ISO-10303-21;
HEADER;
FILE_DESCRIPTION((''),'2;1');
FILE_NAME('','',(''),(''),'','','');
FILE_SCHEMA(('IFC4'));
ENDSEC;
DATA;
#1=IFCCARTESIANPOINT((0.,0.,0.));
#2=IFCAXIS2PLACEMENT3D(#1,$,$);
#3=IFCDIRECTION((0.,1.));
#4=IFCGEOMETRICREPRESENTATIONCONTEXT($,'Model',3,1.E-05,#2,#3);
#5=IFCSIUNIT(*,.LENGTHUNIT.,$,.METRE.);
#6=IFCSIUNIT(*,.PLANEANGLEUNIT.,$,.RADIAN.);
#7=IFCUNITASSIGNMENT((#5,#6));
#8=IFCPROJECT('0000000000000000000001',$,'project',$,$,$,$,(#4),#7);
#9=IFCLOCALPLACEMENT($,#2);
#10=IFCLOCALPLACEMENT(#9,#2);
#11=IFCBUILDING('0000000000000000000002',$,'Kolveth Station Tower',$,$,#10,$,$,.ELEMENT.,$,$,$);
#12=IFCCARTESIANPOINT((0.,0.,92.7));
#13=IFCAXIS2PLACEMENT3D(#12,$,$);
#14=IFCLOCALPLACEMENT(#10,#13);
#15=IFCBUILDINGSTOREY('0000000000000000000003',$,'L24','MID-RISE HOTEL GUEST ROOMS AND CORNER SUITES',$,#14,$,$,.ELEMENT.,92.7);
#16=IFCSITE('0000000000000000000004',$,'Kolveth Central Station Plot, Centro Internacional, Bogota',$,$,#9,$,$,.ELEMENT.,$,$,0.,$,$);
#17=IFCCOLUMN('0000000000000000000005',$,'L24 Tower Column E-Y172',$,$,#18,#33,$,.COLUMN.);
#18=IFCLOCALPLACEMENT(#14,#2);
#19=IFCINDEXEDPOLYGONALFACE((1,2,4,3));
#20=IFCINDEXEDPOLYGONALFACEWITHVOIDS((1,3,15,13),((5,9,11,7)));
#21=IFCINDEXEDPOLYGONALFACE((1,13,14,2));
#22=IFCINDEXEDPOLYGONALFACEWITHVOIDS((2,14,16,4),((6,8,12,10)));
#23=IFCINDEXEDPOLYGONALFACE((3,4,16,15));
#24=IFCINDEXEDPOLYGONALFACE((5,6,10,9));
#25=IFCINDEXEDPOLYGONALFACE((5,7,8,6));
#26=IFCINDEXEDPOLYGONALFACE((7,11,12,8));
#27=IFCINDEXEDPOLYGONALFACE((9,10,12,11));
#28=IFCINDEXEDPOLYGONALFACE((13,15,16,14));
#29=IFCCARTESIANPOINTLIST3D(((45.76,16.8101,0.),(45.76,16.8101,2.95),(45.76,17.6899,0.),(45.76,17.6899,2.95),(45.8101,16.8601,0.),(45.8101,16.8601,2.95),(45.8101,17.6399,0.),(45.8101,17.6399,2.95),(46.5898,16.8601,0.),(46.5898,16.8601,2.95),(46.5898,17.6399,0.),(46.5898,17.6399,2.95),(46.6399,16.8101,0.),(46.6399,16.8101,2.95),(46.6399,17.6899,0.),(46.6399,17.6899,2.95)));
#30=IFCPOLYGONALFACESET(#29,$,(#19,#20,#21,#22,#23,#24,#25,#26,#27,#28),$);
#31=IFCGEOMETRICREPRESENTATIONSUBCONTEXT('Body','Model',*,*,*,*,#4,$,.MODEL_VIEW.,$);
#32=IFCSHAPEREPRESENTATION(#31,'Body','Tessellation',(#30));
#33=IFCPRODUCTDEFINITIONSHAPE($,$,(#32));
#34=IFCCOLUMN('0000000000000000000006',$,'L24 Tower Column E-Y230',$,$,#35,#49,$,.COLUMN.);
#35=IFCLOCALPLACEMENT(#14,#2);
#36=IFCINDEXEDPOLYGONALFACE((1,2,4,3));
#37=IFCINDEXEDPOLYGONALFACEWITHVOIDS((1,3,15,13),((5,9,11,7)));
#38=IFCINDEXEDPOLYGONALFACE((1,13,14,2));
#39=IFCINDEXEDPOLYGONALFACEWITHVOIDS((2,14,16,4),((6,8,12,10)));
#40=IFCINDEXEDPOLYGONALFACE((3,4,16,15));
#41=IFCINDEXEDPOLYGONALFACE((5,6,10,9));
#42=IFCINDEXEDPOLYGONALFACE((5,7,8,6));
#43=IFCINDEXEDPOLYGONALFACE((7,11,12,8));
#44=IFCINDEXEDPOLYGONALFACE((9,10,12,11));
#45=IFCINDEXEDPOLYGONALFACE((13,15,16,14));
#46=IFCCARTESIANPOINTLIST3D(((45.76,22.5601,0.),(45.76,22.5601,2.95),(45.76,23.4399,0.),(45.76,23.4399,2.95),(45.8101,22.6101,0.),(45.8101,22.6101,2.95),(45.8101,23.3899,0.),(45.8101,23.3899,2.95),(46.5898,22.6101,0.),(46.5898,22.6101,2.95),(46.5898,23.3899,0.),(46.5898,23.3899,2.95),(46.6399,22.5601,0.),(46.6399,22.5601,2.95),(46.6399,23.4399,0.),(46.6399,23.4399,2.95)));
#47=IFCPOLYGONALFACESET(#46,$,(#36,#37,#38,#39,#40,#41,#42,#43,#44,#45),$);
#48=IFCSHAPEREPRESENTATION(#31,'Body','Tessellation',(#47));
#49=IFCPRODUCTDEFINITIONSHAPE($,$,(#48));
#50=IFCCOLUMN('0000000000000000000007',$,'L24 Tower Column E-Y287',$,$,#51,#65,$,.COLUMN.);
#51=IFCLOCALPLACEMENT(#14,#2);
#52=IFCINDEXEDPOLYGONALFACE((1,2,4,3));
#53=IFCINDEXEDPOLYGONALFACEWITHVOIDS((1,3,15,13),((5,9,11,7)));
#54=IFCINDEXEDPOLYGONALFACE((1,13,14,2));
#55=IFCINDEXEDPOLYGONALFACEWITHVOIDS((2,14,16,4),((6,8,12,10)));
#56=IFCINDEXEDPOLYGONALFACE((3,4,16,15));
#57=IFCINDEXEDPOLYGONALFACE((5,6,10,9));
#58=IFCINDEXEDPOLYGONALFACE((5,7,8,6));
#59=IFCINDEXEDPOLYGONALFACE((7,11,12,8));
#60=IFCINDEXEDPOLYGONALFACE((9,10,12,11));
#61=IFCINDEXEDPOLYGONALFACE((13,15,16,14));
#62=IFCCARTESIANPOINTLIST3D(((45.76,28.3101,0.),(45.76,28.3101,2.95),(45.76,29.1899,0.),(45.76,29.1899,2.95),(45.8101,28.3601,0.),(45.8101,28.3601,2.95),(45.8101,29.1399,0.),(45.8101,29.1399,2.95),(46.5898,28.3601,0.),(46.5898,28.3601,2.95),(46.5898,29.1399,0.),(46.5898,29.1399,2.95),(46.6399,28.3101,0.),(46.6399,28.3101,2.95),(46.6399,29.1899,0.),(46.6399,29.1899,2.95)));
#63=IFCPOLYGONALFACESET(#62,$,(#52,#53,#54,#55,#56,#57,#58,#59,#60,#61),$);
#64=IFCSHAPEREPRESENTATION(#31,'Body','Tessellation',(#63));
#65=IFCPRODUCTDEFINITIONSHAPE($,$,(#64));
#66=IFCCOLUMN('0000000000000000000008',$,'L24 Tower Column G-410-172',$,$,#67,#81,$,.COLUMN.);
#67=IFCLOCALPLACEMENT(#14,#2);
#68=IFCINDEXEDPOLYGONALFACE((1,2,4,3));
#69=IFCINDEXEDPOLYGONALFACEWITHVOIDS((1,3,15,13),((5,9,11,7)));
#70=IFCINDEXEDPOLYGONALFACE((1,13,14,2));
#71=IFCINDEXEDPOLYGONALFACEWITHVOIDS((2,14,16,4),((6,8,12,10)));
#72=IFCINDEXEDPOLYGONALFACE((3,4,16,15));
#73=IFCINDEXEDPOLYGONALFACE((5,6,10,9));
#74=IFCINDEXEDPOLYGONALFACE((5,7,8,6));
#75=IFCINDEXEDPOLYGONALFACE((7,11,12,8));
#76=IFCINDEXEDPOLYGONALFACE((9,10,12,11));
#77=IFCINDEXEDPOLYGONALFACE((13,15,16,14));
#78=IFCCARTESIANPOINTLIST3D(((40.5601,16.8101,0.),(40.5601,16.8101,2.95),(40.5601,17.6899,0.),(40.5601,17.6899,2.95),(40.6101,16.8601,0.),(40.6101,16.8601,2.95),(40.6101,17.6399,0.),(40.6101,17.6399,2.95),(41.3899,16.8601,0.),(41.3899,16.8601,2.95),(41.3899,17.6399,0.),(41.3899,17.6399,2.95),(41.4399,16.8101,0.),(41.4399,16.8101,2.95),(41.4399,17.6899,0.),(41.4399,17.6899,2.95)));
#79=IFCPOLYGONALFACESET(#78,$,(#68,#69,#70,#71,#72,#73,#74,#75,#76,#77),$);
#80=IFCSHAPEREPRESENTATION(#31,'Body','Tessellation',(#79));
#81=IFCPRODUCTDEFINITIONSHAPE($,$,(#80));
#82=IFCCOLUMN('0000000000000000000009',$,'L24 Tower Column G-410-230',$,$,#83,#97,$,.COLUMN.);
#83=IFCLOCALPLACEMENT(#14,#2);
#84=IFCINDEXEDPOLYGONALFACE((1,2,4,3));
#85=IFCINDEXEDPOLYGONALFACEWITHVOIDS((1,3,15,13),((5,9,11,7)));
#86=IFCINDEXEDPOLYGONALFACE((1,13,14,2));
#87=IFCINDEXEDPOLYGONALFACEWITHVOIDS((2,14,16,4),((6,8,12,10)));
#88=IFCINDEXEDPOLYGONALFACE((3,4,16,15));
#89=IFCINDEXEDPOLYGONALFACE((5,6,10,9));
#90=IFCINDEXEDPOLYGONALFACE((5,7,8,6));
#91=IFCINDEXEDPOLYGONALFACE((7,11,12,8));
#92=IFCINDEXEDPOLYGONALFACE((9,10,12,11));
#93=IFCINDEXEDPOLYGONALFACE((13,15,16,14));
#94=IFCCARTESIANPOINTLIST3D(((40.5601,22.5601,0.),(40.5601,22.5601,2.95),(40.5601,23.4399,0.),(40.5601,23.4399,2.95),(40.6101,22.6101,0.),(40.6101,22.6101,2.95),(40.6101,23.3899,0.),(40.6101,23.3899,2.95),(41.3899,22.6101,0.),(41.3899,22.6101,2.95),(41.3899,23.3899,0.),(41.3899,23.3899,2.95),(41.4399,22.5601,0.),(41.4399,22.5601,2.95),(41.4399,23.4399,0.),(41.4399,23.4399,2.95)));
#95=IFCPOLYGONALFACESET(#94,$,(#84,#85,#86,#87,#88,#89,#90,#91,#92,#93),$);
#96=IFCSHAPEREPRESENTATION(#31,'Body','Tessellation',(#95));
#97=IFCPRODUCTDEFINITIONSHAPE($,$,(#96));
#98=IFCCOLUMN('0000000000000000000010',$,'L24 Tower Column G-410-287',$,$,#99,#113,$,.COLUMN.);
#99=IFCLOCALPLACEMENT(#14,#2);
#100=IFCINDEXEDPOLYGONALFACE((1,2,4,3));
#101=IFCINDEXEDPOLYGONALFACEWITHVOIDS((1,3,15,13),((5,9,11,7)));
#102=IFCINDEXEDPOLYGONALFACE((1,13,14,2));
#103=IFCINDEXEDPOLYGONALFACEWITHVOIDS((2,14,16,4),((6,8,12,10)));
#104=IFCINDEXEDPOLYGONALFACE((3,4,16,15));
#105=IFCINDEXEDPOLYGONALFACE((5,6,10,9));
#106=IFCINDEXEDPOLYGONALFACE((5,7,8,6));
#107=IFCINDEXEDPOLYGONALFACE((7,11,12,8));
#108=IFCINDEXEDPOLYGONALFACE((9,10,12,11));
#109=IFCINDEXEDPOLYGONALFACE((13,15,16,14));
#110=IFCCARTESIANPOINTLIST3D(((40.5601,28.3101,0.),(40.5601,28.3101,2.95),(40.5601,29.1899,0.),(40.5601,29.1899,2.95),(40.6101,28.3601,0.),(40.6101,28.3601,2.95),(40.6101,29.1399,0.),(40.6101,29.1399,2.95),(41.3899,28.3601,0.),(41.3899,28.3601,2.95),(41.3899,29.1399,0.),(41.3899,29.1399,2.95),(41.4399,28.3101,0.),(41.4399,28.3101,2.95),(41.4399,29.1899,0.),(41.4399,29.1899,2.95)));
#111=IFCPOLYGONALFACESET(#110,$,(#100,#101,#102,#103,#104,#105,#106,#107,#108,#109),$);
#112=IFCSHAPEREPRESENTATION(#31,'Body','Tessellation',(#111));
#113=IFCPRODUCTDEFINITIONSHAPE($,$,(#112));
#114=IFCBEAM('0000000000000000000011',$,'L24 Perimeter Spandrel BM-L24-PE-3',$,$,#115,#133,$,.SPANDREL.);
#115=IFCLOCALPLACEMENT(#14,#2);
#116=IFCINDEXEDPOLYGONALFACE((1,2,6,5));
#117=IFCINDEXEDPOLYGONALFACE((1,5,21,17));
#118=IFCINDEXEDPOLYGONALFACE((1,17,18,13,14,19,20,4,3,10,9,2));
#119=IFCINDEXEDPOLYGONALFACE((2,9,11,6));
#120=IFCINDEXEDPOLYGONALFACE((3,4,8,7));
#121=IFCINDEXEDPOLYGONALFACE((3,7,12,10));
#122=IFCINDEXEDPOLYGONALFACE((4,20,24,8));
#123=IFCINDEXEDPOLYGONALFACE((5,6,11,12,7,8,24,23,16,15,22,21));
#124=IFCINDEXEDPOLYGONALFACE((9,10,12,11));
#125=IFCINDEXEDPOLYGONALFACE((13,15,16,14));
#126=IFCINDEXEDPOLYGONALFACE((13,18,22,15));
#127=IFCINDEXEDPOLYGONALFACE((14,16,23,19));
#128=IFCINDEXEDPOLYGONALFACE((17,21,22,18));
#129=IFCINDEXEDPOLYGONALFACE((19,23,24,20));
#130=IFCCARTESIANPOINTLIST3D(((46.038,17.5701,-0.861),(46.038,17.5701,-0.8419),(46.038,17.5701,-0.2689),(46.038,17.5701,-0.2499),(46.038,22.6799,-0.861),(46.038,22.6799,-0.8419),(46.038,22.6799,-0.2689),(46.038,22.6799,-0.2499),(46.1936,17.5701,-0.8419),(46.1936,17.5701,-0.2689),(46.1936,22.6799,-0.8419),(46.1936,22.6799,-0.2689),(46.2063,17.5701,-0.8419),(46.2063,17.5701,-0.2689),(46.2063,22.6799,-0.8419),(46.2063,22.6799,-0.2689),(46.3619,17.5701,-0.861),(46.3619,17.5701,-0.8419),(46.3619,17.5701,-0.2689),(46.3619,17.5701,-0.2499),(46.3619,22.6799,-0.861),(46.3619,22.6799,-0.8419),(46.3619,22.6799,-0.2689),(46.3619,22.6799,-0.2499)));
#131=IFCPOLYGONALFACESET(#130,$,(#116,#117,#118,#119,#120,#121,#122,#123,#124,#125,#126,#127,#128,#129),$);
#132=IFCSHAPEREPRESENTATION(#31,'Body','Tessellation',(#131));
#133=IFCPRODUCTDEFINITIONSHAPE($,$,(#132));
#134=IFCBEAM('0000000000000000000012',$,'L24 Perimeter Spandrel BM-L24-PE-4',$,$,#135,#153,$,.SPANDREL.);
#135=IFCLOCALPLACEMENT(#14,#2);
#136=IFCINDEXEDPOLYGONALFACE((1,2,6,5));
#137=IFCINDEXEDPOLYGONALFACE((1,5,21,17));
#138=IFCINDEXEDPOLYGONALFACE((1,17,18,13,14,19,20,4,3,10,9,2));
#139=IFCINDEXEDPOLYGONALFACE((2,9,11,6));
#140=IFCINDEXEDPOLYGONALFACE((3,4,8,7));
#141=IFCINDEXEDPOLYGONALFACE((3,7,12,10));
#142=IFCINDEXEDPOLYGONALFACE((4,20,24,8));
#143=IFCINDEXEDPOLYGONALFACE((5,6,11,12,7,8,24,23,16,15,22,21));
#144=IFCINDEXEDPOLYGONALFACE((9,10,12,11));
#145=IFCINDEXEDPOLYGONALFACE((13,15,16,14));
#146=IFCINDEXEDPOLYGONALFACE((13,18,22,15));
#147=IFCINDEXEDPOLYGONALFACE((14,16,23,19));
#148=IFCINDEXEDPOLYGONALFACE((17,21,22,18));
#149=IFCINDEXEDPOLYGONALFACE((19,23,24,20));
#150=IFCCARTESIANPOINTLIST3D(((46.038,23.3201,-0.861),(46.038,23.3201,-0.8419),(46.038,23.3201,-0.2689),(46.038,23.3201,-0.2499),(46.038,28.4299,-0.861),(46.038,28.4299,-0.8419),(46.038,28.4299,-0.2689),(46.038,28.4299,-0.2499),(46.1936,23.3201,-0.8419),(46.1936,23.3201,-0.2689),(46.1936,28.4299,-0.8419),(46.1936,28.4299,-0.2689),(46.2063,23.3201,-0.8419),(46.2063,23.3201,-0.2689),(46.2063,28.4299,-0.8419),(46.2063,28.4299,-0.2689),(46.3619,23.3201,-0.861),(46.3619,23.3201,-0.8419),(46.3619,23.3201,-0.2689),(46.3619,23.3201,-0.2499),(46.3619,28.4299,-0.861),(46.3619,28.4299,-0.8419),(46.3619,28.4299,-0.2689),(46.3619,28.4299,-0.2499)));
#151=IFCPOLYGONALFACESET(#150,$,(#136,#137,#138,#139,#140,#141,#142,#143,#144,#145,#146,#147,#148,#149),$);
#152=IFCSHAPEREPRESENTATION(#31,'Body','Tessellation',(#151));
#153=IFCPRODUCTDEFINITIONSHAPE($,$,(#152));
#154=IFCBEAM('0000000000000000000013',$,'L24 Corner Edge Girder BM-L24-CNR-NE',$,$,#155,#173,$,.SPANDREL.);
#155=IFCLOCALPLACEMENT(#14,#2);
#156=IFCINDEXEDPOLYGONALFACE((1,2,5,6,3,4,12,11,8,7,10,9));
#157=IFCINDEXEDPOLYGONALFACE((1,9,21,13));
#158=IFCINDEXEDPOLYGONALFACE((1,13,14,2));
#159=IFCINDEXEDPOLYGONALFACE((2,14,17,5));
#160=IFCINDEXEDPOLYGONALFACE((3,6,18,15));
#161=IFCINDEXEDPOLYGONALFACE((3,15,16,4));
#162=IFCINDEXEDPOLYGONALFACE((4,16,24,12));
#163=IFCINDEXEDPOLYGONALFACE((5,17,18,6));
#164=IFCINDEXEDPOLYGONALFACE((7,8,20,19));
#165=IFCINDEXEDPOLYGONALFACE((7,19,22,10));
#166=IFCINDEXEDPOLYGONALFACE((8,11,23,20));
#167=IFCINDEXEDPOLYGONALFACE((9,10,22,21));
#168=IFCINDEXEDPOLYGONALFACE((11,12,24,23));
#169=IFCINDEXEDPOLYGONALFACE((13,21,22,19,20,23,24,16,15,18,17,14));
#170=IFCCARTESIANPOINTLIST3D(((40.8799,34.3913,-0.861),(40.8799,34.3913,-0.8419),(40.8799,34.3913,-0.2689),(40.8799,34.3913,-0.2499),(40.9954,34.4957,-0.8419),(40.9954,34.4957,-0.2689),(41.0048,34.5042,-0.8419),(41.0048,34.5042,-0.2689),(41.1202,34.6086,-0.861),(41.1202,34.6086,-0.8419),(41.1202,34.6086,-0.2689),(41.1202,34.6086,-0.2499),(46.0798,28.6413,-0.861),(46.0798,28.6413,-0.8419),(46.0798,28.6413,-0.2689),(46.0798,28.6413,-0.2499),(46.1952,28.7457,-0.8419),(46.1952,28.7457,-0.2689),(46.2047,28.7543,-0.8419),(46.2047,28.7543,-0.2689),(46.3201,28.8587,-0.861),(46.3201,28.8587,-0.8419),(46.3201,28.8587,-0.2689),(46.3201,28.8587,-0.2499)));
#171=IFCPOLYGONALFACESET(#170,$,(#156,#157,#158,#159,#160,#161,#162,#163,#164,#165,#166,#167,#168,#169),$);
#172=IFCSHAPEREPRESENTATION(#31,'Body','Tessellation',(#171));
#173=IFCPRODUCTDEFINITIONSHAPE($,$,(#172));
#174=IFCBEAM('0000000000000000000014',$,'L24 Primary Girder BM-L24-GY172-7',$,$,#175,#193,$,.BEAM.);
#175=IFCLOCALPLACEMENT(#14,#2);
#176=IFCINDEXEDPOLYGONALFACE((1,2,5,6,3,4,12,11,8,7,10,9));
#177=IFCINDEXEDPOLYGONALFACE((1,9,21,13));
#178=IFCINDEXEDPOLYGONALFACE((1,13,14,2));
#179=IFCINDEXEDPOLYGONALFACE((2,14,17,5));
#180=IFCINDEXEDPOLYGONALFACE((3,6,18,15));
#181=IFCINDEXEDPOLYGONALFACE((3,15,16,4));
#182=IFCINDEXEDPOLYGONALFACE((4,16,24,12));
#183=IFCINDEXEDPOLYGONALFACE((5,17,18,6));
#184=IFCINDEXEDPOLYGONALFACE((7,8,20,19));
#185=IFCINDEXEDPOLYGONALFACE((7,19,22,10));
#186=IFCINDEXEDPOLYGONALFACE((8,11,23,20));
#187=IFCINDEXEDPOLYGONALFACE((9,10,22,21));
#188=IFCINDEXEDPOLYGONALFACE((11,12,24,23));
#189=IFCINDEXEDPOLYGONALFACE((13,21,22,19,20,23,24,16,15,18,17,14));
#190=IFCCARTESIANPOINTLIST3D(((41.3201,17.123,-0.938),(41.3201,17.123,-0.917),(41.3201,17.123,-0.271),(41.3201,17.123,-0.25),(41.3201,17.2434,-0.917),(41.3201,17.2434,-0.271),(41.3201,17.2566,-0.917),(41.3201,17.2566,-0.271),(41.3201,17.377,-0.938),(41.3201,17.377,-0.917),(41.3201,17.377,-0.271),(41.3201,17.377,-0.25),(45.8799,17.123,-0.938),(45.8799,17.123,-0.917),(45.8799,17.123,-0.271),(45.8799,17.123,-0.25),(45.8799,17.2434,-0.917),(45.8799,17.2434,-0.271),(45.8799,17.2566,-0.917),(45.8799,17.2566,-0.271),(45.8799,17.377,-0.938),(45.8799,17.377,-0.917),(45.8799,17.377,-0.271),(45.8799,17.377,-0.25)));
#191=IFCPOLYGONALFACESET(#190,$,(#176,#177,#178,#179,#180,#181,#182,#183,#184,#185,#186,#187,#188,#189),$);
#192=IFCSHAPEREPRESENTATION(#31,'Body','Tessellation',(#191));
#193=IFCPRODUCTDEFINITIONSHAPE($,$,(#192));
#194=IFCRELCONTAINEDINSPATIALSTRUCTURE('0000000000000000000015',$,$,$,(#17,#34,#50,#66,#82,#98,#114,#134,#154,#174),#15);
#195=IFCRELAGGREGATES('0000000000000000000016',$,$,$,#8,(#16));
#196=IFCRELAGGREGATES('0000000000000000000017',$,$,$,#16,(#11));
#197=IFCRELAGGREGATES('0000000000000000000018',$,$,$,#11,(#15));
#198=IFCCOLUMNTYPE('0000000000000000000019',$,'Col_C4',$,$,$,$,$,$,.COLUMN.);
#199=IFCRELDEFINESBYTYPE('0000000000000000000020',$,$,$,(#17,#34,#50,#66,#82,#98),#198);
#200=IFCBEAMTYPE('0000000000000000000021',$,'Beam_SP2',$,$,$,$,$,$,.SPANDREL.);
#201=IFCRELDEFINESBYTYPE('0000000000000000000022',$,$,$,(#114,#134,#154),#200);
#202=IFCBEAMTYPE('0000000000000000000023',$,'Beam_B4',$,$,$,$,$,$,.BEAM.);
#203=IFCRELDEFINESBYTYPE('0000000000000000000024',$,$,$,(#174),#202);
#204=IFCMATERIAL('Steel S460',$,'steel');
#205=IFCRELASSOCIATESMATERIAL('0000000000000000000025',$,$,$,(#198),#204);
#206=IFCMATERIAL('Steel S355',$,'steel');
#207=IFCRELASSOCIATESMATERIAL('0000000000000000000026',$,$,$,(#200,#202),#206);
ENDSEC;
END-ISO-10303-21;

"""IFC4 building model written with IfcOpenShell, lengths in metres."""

from ifc_helpers import new_model, si_unit, direction, frame, origin, origin_2d, place, context, subcontext, project, spatial, hollow_rectangle, i_section, extrude, source, transform, mapped, material, material_profile, profile_set, type_object, element, save


model = new_model("IFC4")

# Units and contexts
model_context = context("Model", 3, precision=1e-05, world=origin(), true_north=direction((0.0, 1.0)))
body_context = subcontext(model_context, "Body", "Model", "MODEL_VIEW")
ifc_project = project(units=[si_unit("LENGTHUNIT", "METRE"), si_unit("PLANEANGLEUNIT", "RADIAN")], contexts=[model_context])

# Site, building, storey
site_placement = place(None, origin())
site = spatial("IfcSite", under=ifc_project, at=site_placement, Name="Kolveth Central Station Plot, Centro Internacional, Bogota", CompositionType="ELEMENT", RefElevation=0.0)
building_placement = place(site_placement, origin())
building = spatial("IfcBuilding", under=site, at=building_placement, Name="Kolveth Station Tower", CompositionType="ELEMENT")
storey_placement = place(building_placement, frame((0.0, 0.0, 92.7)))
storey = spatial("IfcBuildingStorey", under=building, at=storey_placement, Name="L24", Description="MID-RISE HOTEL GUEST ROOMS AND CORNER SUITES", CompositionType="ELEMENT", Elevation=92.7)

# Columns
ifc_material_1 = material(Name="Steel S460", Category="steel")
ifc_material_profile_1 = material_profile(ifc_material_1, hollow_rectangle(XDim=0.8799, YDim=0.8799, WallThickness=0.05, at=origin_2d()), Name="BOX880x880x50")
ifc_profile_set_1 = profile_set([ifc_material_profile_1], Name="Steel S460")
column_type = type_object("IfcColumnType", Name="Col_C4", PredefinedType="COLUMN", material=ifc_profile_set_1)
shared_shape_1 = source(origin(), body_context, "Body", "SweptSolid", [
    extrude(hollow_rectangle(XDim=0.8799, YDim=0.8799, WallThickness=0.05, at=origin_2d()), origin(), (0.0, 0.0, 1.0), 2.95),
])
for number, where, z_axis, x_axis, name in (
    (1, (46.2, 17.25, 0.0), (0.0, 0.0, 1.0), (1.0, 0.0, 0.0), "L24 Tower Column E-Y172"),
    (2, (46.2, 23.0, 0.0), (0.0, 0.0, 1.0), (1.0, 0.0, 0.0), "L24 Tower Column E-Y230"),
    (3, (46.2, 28.75, 0.0), (0.0, 0.0, 1.0), (1.0, 0.0, 0.0), "L24 Tower Column E-Y287"),
    (4, (41.0, 17.25, 0.0), (0.0, 0.0, 1.0), (1.0, 0.0, 0.0), "L24 Tower Column G-410-172"),
    (5, (41.0, 23.0, 0.0), (0.0, 0.0, 1.0), (1.0, 0.0, 0.0), "L24 Tower Column G-410-230"),
    (6, (41.0, 28.75, 0.0), (0.0, 0.0, 1.0), (1.0, 0.0, 0.0), "L24 Tower Column G-410-287"),
):
    element("IfcColumn", number, at=place(storey_placement, frame(where, z_axis=z_axis, x_axis=x_axis)), inside=storey, type_object=column_type, Name=name, PredefinedType="COLUMN", context=body_context, shape_type="MappedRepresentation", body=[
        mapped(shared_shape_1, transform((0.0, 0.0, 0.0), x_axis=(1.0, 0.0, 0.0), y_axis=(0.0, 1.0, 0.0), z_axis=(0.0, 0.0, 1.0), scale=1.0)),
    ])

# Beams
ifc_material_2 = material(Name="Steel S355", Category="steel")
ifc_material_profile_2 = material_profile(ifc_material_2, i_section(OverallWidth=0.324, OverallDepth=0.6111, WebThickness=0.0127, FlangeThickness=0.019, at=origin_2d()), Name="W610x155")
ifc_profile_set_2 = profile_set([ifc_material_profile_2], Name="Steel S355")
beam_type_1 = type_object("IfcBeamType", Name="Beam_SP2", PredefinedType="SPANDREL", material=ifc_profile_set_2)
shared_shape_2 = source(origin(), body_context, "Body", "SweptSolid", [
    extrude(i_section(OverallWidth=0.324, OverallDepth=0.6111, WebThickness=0.0127, FlangeThickness=0.019, at=origin_2d()), origin(), (0.0, 0.0, 1.0), 5.1099),
])
for number, where, z_axis, x_axis, name in (
    (7, (46.2, 17.5701, -0.5554), (0.0, 1.0, 0.0), (-1.0, 0.0, 0.0), "L24 Perimeter Spandrel BM-L24-PE-3"),
    (8, (46.2, 23.3201, -0.5554), (0.0, 1.0, 0.0), (-1.0, 0.0, 0.0), "L24 Perimeter Spandrel BM-L24-PE-4"),
):
    element("IfcBeam", number, at=place(storey_placement, frame(where, z_axis=z_axis, x_axis=x_axis)), inside=storey, type_object=beam_type_1, Name=name, PredefinedType="SPANDREL", context=body_context, shape_type="MappedRepresentation", body=[
        mapped(shared_shape_2, transform((0.0, 0.0, 0.0), x_axis=(1.0, 0.0, 0.0), y_axis=(0.0, 1.0, 0.0), z_axis=(0.0, 0.0, 1.0), scale=1.0)),
    ])
shared_shape_3 = source(origin(), body_context, "Body", "SweptSolid", [
    extrude(i_section(OverallWidth=0.324, OverallDepth=0.6111, WebThickness=0.0127, FlangeThickness=0.019, at=origin_2d()), origin(), (0.0, 0.0, 1.0), 7.7524),
])
beam_placement = place(storey_placement, frame((46.2, 28.75, -0.5554), z_axis=(-0.670741, 0.741692, 0.0), x_axis=(-0.741692, -0.670741, 0.0)))
element("IfcBeam", 9, at=beam_placement, inside=storey, type_object=beam_type_1, Name="L24 Corner Edge Girder BM-L24-CNR-NE", PredefinedType="SPANDREL", context=body_context, shape_type="MappedRepresentation", body=[
    mapped(shared_shape_3, transform((0.0, 0.0, 0.0), x_axis=(1.0, 0.0, 0.0), y_axis=(0.0, 1.0, 0.0), z_axis=(0.0, 0.0, 1.0), scale=1.0)),
])
ifc_material_profile_3 = material_profile(ifc_material_2, i_section(OverallWidth=0.2539, OverallDepth=0.688, WebThickness=0.0132, FlangeThickness=0.021, at=origin_2d()), Name="W690x152")
ifc_profile_set_3 = profile_set([ifc_material_profile_3], Name="Steel S355")
beam_type_2 = type_object("IfcBeamType", Name="Beam_B4", PredefinedType="BEAM", material=ifc_profile_set_3)
shared_shape_4 = source(origin(), body_context, "Body", "SweptSolid", [
    extrude(i_section(OverallWidth=0.2539, OverallDepth=0.688, WebThickness=0.0132, FlangeThickness=0.021, at=origin_2d()), origin(), (0.0, 0.0, 1.0), 4.5598),
])
for number, where, z_axis, x_axis, name in (
    (10, (41.3201, 17.25, -0.594), (1.0, 0.0, 0.0), (0.0, 1.0, 0.0), "L24 Primary Girder BM-L24-GY172-7"),
):
    element("IfcBeam", number, at=place(storey_placement, frame(where, z_axis=z_axis, x_axis=x_axis)), inside=storey, type_object=beam_type_2, Name=name, PredefinedType="BEAM", context=body_context, shape_type="MappedRepresentation", body=[
        mapped(shared_shape_4, transform((0.0, 0.0, 0.0), x_axis=(1.0, 0.0, 0.0), y_axis=(0.0, 1.0, 0.0), z_axis=(0.0, 0.0, 1.0), scale=1.0)),
    ])

save(model, "model.ifc")
